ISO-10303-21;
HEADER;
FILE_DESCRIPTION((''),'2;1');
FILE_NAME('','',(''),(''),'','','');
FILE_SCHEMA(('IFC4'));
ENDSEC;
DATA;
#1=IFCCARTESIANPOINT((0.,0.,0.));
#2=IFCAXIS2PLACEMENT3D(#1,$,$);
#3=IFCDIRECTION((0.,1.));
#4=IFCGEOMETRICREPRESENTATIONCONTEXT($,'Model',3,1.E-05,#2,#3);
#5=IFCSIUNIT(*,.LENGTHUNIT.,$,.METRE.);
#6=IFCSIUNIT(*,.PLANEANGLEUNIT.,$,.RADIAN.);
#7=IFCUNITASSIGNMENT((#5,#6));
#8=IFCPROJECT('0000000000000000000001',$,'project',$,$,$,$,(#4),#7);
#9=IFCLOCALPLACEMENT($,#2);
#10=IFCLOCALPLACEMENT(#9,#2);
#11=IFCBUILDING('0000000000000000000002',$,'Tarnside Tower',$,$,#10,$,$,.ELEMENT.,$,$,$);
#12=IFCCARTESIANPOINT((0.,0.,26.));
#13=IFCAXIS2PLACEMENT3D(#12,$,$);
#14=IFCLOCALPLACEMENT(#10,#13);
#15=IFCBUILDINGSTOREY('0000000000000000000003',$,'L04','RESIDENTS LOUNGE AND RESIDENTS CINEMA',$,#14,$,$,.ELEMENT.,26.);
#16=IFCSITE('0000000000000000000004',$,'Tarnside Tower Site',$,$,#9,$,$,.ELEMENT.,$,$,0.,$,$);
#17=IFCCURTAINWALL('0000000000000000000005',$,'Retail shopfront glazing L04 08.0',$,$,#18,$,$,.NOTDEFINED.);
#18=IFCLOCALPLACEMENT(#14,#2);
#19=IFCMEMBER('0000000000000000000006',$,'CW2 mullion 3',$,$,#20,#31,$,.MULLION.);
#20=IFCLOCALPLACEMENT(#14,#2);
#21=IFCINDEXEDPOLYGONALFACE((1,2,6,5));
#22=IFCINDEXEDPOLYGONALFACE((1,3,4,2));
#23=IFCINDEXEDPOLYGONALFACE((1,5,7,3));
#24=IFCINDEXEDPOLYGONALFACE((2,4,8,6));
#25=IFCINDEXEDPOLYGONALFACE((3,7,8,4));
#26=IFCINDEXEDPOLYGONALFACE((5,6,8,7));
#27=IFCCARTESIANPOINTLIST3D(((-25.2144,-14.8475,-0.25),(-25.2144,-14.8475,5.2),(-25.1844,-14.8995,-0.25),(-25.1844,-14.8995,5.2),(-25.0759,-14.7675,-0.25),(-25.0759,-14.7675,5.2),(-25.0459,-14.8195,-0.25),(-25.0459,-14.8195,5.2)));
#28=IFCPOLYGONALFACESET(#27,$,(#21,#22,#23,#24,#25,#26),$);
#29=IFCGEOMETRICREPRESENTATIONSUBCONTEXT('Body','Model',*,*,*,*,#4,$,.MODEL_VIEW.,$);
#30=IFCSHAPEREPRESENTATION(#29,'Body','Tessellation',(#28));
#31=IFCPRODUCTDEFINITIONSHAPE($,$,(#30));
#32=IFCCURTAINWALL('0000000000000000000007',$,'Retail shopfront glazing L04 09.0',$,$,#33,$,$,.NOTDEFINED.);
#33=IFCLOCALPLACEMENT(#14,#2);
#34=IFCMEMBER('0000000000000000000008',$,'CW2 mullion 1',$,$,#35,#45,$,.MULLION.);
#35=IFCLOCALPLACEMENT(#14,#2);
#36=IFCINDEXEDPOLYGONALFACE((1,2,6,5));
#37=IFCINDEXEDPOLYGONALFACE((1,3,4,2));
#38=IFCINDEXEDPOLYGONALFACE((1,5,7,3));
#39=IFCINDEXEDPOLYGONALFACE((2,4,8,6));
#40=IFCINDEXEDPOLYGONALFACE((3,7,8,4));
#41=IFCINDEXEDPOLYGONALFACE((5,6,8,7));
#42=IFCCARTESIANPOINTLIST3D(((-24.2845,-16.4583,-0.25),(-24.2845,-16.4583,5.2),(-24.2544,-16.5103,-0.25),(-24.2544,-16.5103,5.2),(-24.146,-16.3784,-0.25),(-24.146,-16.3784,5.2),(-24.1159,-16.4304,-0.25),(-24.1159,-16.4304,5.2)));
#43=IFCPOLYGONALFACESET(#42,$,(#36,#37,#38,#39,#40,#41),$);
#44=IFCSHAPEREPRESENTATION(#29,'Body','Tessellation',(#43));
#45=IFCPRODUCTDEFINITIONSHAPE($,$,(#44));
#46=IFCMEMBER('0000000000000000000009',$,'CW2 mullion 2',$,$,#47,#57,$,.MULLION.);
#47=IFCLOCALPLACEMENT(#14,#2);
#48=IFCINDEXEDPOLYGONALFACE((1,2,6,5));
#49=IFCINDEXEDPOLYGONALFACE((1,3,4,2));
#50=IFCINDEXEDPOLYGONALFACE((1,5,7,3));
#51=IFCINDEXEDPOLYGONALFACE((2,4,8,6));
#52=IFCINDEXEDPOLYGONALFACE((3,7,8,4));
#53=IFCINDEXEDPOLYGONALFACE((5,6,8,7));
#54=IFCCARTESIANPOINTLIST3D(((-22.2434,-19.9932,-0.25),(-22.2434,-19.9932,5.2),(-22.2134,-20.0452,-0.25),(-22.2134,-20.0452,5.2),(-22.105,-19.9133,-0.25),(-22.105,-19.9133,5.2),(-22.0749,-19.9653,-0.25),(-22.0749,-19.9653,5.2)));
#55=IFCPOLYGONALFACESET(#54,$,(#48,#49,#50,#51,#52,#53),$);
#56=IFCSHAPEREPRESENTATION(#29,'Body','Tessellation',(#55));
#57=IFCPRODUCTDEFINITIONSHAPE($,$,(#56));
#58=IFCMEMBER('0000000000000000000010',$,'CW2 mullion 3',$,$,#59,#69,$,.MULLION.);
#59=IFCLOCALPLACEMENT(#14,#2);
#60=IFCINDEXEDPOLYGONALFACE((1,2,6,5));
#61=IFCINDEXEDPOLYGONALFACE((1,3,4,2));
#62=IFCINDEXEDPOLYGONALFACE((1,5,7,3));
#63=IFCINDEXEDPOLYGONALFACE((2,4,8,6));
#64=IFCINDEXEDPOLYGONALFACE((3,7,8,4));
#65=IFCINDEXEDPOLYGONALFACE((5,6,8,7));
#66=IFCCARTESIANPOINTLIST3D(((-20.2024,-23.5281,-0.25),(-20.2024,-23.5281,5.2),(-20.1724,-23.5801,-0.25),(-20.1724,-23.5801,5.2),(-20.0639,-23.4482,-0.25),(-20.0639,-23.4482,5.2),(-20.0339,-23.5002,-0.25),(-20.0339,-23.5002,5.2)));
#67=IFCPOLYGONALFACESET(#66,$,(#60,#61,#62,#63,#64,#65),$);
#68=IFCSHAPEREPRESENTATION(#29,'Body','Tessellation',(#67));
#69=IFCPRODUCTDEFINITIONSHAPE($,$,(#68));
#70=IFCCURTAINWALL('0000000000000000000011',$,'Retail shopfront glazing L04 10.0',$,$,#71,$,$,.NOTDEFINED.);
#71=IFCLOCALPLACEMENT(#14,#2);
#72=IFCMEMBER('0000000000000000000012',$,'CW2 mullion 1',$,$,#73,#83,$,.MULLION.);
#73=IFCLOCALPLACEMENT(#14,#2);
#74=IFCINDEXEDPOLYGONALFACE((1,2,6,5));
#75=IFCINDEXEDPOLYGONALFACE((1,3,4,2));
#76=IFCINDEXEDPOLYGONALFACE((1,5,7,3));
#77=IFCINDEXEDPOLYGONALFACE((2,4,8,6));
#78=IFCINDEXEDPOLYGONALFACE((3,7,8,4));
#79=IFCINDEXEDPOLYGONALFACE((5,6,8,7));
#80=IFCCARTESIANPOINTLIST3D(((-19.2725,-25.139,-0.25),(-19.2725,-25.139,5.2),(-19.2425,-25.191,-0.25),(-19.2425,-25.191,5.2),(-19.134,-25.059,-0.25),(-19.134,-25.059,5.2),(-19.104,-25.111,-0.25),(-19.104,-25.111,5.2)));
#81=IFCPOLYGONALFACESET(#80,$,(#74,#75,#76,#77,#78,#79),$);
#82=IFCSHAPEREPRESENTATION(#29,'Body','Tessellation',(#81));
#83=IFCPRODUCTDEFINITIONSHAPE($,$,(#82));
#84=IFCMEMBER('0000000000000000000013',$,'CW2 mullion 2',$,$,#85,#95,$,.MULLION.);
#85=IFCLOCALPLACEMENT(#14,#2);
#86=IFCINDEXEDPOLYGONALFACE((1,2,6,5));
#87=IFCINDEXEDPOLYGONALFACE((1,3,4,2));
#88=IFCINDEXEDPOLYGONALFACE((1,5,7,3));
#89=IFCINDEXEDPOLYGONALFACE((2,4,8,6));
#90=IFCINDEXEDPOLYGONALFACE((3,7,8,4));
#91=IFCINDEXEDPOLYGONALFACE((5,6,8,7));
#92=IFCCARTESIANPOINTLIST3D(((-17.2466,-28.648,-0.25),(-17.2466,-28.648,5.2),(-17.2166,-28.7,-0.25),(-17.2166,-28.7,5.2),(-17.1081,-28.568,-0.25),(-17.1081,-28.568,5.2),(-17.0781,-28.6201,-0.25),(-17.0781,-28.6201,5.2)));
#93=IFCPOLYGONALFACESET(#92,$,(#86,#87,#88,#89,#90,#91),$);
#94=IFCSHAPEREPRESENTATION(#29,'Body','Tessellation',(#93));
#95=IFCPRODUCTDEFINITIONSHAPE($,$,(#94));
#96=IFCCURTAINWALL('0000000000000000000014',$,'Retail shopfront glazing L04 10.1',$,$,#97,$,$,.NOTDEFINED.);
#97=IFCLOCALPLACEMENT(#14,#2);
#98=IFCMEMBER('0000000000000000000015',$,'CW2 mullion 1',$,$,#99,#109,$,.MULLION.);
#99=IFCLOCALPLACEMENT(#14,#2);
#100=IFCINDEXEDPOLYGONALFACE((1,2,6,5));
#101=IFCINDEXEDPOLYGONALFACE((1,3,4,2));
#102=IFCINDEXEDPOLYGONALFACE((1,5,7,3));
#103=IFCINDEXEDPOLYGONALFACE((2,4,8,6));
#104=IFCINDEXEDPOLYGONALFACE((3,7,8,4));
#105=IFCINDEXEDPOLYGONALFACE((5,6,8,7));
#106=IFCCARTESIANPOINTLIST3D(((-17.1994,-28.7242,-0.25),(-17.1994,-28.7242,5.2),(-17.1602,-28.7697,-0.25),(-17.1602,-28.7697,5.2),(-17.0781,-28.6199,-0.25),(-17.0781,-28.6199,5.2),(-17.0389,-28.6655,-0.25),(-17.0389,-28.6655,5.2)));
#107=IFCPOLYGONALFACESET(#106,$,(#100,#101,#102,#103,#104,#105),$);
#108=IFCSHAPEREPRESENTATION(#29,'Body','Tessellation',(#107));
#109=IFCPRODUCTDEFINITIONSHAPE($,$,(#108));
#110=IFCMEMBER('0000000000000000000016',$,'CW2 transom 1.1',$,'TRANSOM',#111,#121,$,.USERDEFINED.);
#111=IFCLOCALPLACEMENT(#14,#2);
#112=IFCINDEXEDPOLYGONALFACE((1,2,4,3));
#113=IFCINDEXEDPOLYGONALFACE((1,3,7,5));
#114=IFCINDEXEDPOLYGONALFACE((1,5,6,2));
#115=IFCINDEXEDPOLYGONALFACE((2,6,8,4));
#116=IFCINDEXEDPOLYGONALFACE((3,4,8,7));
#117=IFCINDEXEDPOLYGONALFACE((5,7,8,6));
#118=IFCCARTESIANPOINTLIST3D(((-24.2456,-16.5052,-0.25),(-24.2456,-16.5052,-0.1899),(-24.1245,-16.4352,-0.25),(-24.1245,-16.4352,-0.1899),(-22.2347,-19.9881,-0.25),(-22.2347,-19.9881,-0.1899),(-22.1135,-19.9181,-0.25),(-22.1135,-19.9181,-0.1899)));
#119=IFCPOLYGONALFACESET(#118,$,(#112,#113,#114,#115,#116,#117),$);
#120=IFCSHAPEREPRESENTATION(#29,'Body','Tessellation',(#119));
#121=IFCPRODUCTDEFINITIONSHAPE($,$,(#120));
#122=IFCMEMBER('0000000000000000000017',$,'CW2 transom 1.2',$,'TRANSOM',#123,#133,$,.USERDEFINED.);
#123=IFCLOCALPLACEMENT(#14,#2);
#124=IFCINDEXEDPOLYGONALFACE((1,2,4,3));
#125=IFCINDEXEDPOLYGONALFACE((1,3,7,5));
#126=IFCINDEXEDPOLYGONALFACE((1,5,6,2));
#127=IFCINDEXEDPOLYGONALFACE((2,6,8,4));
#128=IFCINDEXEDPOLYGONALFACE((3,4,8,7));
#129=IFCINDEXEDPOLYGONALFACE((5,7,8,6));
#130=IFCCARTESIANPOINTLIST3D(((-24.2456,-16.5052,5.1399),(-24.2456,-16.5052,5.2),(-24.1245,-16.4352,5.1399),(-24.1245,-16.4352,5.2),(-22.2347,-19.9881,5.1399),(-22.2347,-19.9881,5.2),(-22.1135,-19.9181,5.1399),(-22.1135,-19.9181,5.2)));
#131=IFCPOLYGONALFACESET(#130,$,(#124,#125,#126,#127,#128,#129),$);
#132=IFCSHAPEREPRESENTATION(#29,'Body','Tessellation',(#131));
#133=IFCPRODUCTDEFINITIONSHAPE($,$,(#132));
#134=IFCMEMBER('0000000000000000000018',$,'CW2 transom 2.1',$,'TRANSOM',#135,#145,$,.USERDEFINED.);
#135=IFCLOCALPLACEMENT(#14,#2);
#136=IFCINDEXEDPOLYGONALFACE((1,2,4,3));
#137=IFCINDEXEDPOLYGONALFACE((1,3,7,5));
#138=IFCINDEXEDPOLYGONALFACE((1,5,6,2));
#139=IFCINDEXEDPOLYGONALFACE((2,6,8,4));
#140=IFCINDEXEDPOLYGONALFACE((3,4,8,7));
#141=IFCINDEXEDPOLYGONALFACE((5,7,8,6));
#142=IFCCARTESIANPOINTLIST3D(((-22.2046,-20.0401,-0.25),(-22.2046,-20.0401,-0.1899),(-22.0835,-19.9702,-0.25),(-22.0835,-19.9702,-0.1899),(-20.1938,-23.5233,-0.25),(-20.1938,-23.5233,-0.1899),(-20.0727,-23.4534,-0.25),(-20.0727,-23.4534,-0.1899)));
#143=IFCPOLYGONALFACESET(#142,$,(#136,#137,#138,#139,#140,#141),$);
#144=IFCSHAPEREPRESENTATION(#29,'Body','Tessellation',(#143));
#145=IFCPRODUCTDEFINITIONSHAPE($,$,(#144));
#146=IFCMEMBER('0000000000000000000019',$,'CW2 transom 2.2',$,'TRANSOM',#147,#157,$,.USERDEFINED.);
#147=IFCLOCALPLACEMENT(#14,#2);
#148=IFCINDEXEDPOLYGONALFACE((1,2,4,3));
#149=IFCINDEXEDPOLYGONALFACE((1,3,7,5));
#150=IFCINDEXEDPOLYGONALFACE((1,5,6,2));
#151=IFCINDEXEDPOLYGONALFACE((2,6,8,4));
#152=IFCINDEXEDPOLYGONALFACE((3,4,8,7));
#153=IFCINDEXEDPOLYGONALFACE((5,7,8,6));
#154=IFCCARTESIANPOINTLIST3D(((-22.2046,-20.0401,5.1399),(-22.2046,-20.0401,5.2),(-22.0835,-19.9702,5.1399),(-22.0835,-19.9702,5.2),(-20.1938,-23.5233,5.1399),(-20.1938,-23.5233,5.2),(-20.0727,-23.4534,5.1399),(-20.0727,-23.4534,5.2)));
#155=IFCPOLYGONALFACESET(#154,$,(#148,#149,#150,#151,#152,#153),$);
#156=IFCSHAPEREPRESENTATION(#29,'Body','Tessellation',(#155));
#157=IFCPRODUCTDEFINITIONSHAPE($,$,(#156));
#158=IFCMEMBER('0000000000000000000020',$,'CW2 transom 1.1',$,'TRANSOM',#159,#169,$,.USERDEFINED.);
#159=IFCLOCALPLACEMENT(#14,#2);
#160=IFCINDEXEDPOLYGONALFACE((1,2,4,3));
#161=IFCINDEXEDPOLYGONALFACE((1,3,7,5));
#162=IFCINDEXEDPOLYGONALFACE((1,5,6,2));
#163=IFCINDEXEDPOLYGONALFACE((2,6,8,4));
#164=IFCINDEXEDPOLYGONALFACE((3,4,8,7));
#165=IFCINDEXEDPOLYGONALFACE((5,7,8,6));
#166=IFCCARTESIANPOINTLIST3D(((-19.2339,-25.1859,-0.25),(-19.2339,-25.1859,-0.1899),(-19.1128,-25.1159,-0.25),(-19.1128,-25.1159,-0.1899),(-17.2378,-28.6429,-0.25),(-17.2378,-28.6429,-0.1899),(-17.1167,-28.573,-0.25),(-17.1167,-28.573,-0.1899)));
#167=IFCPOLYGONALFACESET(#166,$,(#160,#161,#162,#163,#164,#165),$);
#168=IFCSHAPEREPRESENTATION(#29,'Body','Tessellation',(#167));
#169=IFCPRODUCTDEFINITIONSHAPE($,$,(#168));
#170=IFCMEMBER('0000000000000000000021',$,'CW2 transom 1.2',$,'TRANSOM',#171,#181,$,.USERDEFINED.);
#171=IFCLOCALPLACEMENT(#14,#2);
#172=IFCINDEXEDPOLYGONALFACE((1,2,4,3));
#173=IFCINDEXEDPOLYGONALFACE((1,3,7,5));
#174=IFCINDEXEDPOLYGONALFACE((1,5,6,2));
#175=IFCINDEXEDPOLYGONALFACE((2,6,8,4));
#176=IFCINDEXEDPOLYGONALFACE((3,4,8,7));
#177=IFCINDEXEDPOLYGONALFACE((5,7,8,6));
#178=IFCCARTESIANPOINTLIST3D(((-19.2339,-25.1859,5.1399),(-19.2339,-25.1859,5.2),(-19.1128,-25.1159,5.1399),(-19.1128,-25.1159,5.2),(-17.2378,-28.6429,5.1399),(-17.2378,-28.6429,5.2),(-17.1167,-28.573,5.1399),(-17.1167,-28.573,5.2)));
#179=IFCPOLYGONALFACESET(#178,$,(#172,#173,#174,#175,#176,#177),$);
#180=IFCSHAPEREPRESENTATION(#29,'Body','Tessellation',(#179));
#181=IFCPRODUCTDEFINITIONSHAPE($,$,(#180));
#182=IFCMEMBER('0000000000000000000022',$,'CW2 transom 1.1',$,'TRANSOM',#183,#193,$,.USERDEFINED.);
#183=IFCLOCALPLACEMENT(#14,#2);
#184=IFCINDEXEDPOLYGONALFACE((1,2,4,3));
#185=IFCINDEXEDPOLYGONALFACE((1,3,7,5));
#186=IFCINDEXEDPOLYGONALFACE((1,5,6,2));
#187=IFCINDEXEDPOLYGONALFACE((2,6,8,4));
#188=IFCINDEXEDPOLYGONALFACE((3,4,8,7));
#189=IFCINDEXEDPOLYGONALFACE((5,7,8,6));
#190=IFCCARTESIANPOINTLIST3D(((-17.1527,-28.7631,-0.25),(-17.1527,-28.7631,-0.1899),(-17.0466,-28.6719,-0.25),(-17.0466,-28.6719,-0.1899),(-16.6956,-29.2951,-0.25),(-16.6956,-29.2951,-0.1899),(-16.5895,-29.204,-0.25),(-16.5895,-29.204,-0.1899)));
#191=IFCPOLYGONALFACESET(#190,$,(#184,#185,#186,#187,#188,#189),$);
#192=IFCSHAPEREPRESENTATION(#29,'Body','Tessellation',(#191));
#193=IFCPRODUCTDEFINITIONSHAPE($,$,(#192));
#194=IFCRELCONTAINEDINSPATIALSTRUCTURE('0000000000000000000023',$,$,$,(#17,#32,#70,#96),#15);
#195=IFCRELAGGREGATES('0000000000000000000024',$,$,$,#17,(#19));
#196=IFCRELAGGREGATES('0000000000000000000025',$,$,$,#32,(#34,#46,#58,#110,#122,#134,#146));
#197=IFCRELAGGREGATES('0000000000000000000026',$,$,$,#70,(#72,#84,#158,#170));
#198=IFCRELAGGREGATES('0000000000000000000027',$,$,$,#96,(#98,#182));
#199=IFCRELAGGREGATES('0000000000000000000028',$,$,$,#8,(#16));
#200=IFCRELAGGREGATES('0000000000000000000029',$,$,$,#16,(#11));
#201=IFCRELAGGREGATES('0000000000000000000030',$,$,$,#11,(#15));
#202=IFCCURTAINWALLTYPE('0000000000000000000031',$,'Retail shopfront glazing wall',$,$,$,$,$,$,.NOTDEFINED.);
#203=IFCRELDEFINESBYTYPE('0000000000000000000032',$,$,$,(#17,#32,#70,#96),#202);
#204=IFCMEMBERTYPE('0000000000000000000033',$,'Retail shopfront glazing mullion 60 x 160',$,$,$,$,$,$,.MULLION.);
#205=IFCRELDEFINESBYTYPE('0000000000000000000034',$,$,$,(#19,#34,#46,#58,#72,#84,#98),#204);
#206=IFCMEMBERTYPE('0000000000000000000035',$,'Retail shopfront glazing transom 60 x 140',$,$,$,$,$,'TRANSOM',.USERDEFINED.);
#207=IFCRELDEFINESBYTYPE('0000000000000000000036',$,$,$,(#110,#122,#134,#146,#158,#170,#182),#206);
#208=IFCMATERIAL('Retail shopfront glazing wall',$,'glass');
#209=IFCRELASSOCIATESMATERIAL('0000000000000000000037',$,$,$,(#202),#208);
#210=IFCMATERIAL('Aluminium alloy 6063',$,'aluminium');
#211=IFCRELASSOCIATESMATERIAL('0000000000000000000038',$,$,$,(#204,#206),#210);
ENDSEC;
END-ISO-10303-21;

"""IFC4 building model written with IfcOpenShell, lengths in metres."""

from ifc_helpers import new_model, si_unit, direction, frame, origin, origin_2d, place, context, subcontext, project, spatial, rectangle, extrude, material, material_profile, profile_set, type_object, element, aggregate, save


model = new_model("IFC4")

# Units and contexts
model_context = context("Model", 3, precision=1e-05, world=origin(), true_north=direction((0.0, 1.0)))
body_context = subcontext(model_context, "Body", "Model", "MODEL_VIEW")
ifc_project = project(units=[si_unit("LENGTHUNIT", "METRE"), si_unit("PLANEANGLEUNIT", "RADIAN")], contexts=[model_context])

# Site, building, storey
site_placement = place(None, origin())
site = spatial("IfcSite", under=ifc_project, at=site_placement, Name="Tarnside Tower Site", CompositionType="ELEMENT", RefElevation=0.0)
building_placement = place(site_placement, origin())
building = spatial("IfcBuilding", under=site, at=building_placement, Name="Tarnside Tower", CompositionType="ELEMENT")
storey_placement = place(building_placement, frame((0.0, 0.0, 26.0)))
storey = spatial("IfcBuildingStorey", under=building, at=storey_placement, Name="L04", Description="RESIDENTS LOUNGE AND RESIDENTS CINEMA", CompositionType="ELEMENT", Elevation=26.0)

# Curtain wall, member
ifc_material_1 = material(Name="Retail shopfront glazing wall", Category="glass")
curtain_wall_type = type_object("IfcCurtainWallType", Name="Retail shopfront glazing wall", PredefinedType="NOTDEFINED", material=ifc_material_1)
curtain_wall_1_placement = place(storey_placement, origin())
curtain_wall_1 = element("IfcCurtainWall", 1, at=curtain_wall_1_placement, inside=storey, type_object=curtain_wall_type, Name="Retail shopfront glazing L04 08.0", PredefinedType="NOTDEFINED")
ifc_material_2 = material(Name="Aluminium alloy 6063", Category="aluminium")
ifc_material_profile_1 = material_profile(ifc_material_2, rectangle(XDim=0.1599, YDim=0.0601, at=origin_2d()), Name="Retail shopfront glazing mullion 60 x 160")
ifc_profile_set_1 = profile_set([ifc_material_profile_1], Name="Aluminium alloy 6063")
member_type_1 = type_object("IfcMemberType", Name="Retail shopfront glazing mullion 60 x 160", PredefinedType="MULLION", material=ifc_profile_set_1)
member_1_placement = place(storey_placement, frame((-25.1301, -14.8335, -0.25), z_axis=(0.0, 0.0, 1.0), x_axis=(0.866025, 0.5, 0.0)))
member_1 = element("IfcMember", 2, at=member_1_placement, type_object=member_type_1, Name="CW2 mullion 3", PredefinedType="MULLION", context=body_context, shape_type="SweptSolid", body=[
    extrude(rectangle(XDim=0.1599, YDim=0.0601, at=origin_2d()), origin(), (0.0, 0.0, 1.0), 5.45),
])

# Curtain walls, members
curtain_wall_2_placement = place(storey_placement, origin())
curtain_wall_2 = element("IfcCurtainWall", 3, at=curtain_wall_2_placement, inside=storey, type_object=curtain_wall_type, Name="Retail shopfront glazing L04 09.0", PredefinedType="NOTDEFINED")
member_2_placement = place(storey_placement, frame((-24.2002, -16.4443, -0.25), z_axis=(0.0, 0.0, 1.0), x_axis=(0.866025, 0.5, 0.0)))
member_2 = element("IfcMember", 4, at=member_2_placement, type_object=member_type_1, Name="CW2 mullion 1", PredefinedType="MULLION", context=body_context, shape_type="SweptSolid", body=[
    extrude(rectangle(XDim=0.1599, YDim=0.0601, at=origin_2d()), origin(), (0.0, 0.0, 1.0), 5.45),
])
member_3_placement = place(storey_placement, frame((-22.1592, -19.9792, -0.25), z_axis=(0.0, 0.0, 1.0), x_axis=(0.866025, 0.5, 0.0)))
member_3 = element("IfcMember", 5, at=member_3_placement, type_object=member_type_1, Name="CW2 mullion 2", PredefinedType="MULLION", context=body_context, shape_type="SweptSolid", body=[
    extrude(rectangle(XDim=0.1599, YDim=0.0601, at=origin_2d()), origin(), (0.0, 0.0, 1.0), 5.45),
])
member_4_placement = place(storey_placement, frame((-20.1182, -23.5142, -0.25), z_axis=(0.0, 0.0, 1.0), x_axis=(0.866025, 0.5, 0.0)))
member_4 = element("IfcMember", 6, at=member_4_placement, type_object=member_type_1, Name="CW2 mullion 3", PredefinedType="MULLION", context=body_context, shape_type="SweptSolid", body=[
    extrude(rectangle(XDim=0.1599, YDim=0.0601, at=origin_2d()), origin(), (0.0, 0.0, 1.0), 5.45),
])
curtain_wall_3_placement = place(storey_placement, origin())
curtain_wall_3 = element("IfcCurtainWall", 7, at=curtain_wall_3_placement, inside=storey, type_object=curtain_wall_type, Name="Retail shopfront glazing L04 10.0", PredefinedType="NOTDEFINED")
member_5_placement = place(storey_placement, frame((-19.1882, -25.125, -0.25), z_axis=(0.0, 0.0, 1.0), x_axis=(0.866025, 0.5, 0.0)))
member_5 = element("IfcMember", 8, at=member_5_placement, type_object=member_type_1, Name="CW2 mullion 1", PredefinedType="MULLION", context=body_context, shape_type="SweptSolid", body=[
    extrude(rectangle(XDim=0.1599, YDim=0.0601, at=origin_2d()), origin(), (0.0, 0.0, 1.0), 5.45),
])
member_6_placement = place(storey_placement, frame((-17.1624, -28.634, -0.25), z_axis=(0.0, 0.0, 1.0), x_axis=(0.866025, 0.5, 0.0)))
member_6 = element("IfcMember", 9, at=member_6_placement, type_object=member_type_1, Name="CW2 mullion 2", PredefinedType="MULLION", context=body_context, shape_type="SweptSolid", body=[
    extrude(rectangle(XDim=0.1599, YDim=0.0601, at=origin_2d()), origin(), (0.0, 0.0, 1.0), 5.45),
])

# Curtain wall, member
curtain_wall_4_placement = place(storey_placement, origin())
curtain_wall_4 = element("IfcCurtainWall", 10, at=curtain_wall_4_placement, inside=storey, type_object=curtain_wall_type, Name="Retail shopfront glazing L04 10.1", PredefinedType="NOTDEFINED")
member_7_placement = place(storey_placement, frame((-17.1191, -28.6948, -0.25), z_axis=(0.0, 0.0, 1.0), x_axis=(0.758514, 0.651657, 0.0)))
member_7 = element("IfcMember", 11, at=member_7_placement, type_object=member_type_1, Name="CW2 mullion 1", PredefinedType="MULLION", context=body_context, shape_type="SweptSolid", body=[
    extrude(rectangle(XDim=0.1599, YDim=0.0601, at=origin_2d()), origin(), (0.0, 0.0, 1.0), 5.45),
])

# Members
ifc_material_profile_2 = material_profile(ifc_material_2, rectangle(XDim=0.1399, YDim=0.0601, at=origin_2d()), Name="Retail shopfront glazing transom 60 x 140")
ifc_profile_set_2 = profile_set([ifc_material_profile_2], Name="Aluminium alloy 6063")
member_type_2 = type_object("IfcMemberType", Name="Retail shopfront glazing transom 60 x 140", ElementType="TRANSOM", PredefinedType="USERDEFINED", material=ifc_profile_set_2)
member_8_placement = place(storey_placement, frame((-24.1851, -16.4702, -0.22), z_axis=(0.500024, -0.866012, 0.0), x_axis=(0.866012, 0.500024, 0.0)))
member_8 = element("IfcMember", 12, at=member_8_placement, type_object=member_type_2, Name="CW2 transom 1.1", ObjectType="TRANSOM", PredefinedType="USERDEFINED", context=body_context, shape_type="SweptSolid", body=[
    extrude(rectangle(XDim=0.1399, YDim=0.0601, at=origin_2d()), origin(), (0.0, 0.0, 1.0), 4.0217),
])
member_9_placement = place(storey_placement, frame((-24.1851, -16.4702, 5.1699), z_axis=(0.500024, -0.866012, 0.0), x_axis=(0.866012, 0.500024, 0.0)))
member_9 = element("IfcMember", 13, at=member_9_placement, type_object=member_type_2, Name="CW2 transom 1.2", ObjectType="TRANSOM", PredefinedType="USERDEFINED", context=body_context, shape_type="SweptSolid", body=[
    extrude(rectangle(XDim=0.1399, YDim=0.0601, at=origin_2d()), origin(), (0.0, 0.0, 1.0), 4.0217),
])
member_10_placement = place(storey_placement, frame((-22.144, -20.0051, -0.22), z_axis=(0.499952, -0.866053, 0.0), x_axis=(0.866053, 0.499952, 0.0)))
member_10 = element("IfcMember", 14, at=member_10_placement, type_object=member_type_2, Name="CW2 transom 2.1", ObjectType="TRANSOM", PredefinedType="USERDEFINED", context=body_context, shape_type="SweptSolid", body=[
    extrude(rectangle(XDim=0.1399, YDim=0.0601, at=origin_2d()), origin(), (0.0, 0.0, 1.0), 4.022),
])
member_11_placement = place(storey_placement, frame((-22.144, -20.0051, 5.1699), z_axis=(0.499952, -0.866053, 0.0), x_axis=(0.866053, 0.499952, 0.0)))
member_11 = element("IfcMember", 15, at=member_11_placement, type_object=member_type_2, Name="CW2 transom 2.2", ObjectType="TRANSOM", PredefinedType="USERDEFINED", context=body_context, shape_type="SweptSolid", body=[
    extrude(rectangle(XDim=0.1399, YDim=0.0601, at=origin_2d()), origin(), (0.0, 0.0, 1.0), 4.022),
])
member_12_placement = place(storey_placement, frame((-19.1733, -25.1509, -0.22), z_axis=(0.500033, -0.866006, 0.0), x_axis=(0.866006, 0.500033, 0.0)))
member_12 = element("IfcMember", 16, at=member_12_placement, type_object=member_type_2, Name="CW2 transom 1.1", ObjectType="TRANSOM", PredefinedType="USERDEFINED", context=body_context, shape_type="SweptSolid", body=[
    extrude(rectangle(XDim=0.1399, YDim=0.0601, at=origin_2d()), origin(), (0.0, 0.0, 1.0), 3.9919),
])
member_13_placement = place(storey_placement, frame((-19.1733, -25.1509, 5.1699), z_axis=(0.500033, -0.866006, 0.0), x_axis=(0.866006, 0.500033, 0.0)))
member_13 = element("IfcMember", 17, at=member_13_placement, type_object=member_type_2, Name="CW2 transom 1.2", ObjectType="TRANSOM", PredefinedType="USERDEFINED", context=body_context, shape_type="SweptSolid", body=[
    extrude(rectangle(XDim=0.1399, YDim=0.0601, at=origin_2d()), origin(), (0.0, 0.0, 1.0), 3.9919),
])
member_14_placement = place(storey_placement, frame((-17.0996, -28.7175, -0.22), z_axis=(0.651651, -0.758519, 0.0), x_axis=(0.758519, 0.651651, 0.0)))
member_14 = element("IfcMember", 18, at=member_14_placement, type_object=member_type_2, Name="CW2 transom 1.1", ObjectType="TRANSOM", PredefinedType="USERDEFINED", context=body_context, shape_type="SweptSolid", body=[
    extrude(rectangle(XDim=0.1399, YDim=0.0601, at=origin_2d()), origin(), (0.0, 0.0, 1.0), 0.7014),
])

aggregate(curtain_wall_1, [member_1])
aggregate(curtain_wall_2, [member_2, member_3, member_4, member_8, member_9, member_10, member_11])
aggregate(curtain_wall_3, [member_5, member_6, member_12, member_13])
aggregate(curtain_wall_4, [member_7, member_14])

save(model, "model.ifc")
